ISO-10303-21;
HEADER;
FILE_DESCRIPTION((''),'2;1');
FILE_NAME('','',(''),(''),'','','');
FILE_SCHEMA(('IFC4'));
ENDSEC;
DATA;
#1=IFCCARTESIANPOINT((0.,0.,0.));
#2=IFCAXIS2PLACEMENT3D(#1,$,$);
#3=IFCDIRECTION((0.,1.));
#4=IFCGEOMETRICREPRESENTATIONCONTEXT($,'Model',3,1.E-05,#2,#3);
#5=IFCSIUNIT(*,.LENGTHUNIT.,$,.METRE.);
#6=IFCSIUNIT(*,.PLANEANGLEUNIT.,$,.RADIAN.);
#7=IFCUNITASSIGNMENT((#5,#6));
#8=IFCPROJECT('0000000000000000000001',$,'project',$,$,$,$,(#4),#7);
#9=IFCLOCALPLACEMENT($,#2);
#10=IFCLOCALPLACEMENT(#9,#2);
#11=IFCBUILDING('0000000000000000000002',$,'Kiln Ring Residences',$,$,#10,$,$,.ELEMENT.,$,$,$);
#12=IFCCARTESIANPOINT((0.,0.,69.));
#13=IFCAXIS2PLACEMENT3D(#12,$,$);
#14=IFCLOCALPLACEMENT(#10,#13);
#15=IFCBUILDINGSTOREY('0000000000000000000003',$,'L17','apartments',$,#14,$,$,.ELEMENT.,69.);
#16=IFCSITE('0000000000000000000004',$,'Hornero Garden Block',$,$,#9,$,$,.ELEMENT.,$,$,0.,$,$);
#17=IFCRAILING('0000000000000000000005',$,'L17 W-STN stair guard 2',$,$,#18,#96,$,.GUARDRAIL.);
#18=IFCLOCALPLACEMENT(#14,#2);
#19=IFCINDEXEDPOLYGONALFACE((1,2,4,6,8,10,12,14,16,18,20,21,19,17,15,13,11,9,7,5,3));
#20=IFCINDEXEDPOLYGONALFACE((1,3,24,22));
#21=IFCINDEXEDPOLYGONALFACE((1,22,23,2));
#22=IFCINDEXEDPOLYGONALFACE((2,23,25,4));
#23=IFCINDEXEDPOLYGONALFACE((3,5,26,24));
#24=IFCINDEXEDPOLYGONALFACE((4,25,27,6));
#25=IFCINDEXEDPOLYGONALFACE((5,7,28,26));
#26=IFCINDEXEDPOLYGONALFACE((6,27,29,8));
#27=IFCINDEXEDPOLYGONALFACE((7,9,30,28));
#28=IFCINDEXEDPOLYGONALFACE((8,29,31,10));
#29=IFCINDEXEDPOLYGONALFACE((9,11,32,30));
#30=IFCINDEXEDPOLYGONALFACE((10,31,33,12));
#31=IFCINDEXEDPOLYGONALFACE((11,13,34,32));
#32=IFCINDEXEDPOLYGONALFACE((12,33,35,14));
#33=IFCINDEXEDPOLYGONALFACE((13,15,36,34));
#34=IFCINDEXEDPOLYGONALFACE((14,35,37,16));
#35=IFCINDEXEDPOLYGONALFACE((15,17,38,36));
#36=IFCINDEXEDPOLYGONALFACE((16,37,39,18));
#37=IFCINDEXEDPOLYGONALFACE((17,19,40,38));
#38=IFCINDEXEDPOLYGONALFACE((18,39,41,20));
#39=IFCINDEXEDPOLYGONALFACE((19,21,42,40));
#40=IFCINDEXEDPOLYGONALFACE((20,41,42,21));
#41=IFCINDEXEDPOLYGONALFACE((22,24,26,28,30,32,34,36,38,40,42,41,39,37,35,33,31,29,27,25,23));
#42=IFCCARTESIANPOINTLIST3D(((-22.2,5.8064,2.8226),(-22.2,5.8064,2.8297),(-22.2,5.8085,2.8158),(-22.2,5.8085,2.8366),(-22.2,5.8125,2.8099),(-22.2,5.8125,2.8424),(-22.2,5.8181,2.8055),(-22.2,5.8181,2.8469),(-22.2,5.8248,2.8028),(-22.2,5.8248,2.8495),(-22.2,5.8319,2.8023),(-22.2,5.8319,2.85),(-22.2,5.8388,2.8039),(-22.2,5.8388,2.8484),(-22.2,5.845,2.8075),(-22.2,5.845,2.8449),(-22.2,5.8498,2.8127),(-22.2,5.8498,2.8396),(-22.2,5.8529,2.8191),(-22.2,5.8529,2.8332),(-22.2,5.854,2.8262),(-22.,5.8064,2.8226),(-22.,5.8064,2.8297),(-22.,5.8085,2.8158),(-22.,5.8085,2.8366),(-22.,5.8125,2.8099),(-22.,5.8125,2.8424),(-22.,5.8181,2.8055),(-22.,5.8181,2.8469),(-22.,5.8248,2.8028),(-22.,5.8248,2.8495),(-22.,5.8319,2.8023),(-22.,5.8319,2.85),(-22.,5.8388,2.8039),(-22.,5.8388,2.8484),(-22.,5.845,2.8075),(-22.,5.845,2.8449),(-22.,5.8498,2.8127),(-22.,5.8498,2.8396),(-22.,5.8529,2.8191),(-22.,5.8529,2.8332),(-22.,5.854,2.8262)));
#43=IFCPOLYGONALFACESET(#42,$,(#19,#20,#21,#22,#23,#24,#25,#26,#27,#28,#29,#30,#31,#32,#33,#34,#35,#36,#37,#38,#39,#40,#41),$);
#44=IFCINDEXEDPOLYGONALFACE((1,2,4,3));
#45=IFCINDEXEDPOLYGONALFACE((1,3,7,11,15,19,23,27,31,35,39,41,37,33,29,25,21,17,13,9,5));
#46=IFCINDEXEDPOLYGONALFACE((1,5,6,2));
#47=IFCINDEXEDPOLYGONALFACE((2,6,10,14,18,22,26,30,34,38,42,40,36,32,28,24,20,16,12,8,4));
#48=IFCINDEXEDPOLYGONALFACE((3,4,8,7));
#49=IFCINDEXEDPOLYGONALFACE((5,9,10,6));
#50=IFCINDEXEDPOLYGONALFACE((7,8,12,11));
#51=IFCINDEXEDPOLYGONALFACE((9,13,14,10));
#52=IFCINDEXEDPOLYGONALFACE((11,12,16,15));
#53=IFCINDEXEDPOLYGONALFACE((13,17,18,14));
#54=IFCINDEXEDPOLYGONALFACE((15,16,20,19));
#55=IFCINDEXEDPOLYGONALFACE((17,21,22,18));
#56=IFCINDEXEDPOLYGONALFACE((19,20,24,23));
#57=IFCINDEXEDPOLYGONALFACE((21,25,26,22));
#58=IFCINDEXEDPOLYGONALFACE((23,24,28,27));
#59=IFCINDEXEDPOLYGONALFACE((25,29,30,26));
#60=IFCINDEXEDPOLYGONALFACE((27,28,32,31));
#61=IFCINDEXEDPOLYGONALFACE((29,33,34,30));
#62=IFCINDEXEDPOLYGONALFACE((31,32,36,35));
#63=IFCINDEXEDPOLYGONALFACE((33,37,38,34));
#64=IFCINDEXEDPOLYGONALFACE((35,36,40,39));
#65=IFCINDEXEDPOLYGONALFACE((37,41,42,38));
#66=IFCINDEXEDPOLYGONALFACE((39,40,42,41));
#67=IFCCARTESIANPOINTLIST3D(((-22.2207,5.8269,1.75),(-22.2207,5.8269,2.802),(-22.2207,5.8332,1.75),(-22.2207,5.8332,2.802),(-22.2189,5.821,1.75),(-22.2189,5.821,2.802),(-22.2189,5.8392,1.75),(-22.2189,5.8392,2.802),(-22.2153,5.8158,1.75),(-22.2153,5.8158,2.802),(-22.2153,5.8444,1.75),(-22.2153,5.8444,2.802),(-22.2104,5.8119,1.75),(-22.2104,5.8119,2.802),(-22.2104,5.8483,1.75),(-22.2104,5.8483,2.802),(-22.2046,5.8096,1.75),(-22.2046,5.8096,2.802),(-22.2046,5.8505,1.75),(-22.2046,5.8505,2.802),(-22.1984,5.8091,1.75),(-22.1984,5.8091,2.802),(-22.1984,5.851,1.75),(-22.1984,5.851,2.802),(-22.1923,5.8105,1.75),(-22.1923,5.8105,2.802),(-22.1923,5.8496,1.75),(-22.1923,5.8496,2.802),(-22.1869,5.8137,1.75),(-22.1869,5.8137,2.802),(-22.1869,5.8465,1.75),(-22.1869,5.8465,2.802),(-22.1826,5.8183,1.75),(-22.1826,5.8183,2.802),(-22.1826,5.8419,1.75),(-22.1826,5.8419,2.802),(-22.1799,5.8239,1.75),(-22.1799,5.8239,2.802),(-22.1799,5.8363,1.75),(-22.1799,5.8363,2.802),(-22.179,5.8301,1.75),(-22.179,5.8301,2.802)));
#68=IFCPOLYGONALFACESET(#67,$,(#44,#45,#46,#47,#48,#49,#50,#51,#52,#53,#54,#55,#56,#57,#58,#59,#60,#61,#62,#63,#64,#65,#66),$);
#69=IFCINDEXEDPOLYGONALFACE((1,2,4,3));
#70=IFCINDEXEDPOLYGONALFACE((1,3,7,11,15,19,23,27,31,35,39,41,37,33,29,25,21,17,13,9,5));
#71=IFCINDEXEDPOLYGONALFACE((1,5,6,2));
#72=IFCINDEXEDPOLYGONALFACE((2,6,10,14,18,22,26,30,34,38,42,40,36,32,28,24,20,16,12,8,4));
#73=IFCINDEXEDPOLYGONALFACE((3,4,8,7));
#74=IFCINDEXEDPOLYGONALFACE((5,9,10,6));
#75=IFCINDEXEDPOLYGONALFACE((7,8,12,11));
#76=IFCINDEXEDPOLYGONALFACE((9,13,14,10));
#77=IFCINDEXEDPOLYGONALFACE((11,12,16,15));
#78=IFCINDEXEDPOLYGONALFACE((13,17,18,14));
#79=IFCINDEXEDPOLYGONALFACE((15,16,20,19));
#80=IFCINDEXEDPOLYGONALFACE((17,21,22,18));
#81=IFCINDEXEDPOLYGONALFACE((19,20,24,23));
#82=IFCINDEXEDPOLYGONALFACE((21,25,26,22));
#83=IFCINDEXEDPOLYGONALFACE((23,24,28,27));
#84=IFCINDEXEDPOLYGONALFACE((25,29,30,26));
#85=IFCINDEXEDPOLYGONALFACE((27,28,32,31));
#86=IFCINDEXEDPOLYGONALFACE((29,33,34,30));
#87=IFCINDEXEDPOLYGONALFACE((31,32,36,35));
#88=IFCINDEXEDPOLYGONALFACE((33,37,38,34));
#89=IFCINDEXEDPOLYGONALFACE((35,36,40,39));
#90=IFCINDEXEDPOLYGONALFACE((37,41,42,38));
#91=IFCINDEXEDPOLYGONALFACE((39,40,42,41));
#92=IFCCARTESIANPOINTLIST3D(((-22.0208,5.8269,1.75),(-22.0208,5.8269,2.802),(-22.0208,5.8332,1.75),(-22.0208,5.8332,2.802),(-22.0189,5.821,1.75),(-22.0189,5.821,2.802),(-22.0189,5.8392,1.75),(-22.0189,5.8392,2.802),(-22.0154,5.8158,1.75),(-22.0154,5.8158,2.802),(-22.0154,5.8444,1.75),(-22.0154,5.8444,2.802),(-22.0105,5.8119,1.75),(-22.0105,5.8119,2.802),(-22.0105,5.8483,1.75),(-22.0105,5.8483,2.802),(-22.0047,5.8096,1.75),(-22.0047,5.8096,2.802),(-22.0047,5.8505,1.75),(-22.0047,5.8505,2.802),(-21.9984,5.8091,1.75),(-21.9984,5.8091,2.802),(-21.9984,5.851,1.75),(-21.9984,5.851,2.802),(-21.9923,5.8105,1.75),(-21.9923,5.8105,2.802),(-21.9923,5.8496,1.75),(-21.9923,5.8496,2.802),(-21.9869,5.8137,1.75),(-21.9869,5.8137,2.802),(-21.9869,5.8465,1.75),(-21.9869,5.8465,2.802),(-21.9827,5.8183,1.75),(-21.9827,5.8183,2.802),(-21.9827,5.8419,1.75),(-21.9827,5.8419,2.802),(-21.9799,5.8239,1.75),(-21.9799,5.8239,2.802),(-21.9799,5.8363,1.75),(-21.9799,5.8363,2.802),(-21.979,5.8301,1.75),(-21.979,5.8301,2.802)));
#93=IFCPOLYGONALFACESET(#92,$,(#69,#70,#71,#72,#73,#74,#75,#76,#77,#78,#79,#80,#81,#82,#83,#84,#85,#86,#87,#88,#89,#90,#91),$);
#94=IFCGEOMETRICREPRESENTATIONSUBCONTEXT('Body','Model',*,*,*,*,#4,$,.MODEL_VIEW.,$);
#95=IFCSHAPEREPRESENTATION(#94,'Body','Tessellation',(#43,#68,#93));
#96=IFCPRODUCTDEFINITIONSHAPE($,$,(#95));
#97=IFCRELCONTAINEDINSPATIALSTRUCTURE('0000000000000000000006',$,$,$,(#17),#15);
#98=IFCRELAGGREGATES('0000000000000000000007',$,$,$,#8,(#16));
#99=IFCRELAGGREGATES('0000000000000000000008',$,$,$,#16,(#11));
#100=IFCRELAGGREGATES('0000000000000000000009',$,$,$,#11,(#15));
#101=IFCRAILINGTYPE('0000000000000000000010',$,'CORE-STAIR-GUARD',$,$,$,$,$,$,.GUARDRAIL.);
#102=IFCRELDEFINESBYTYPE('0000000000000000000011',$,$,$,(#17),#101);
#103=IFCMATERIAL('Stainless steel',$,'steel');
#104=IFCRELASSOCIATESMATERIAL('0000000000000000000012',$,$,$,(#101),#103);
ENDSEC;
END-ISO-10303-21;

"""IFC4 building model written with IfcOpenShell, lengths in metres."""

from ifc_helpers import new_model, si_unit, direction, frame, origin, origin_2d, place, context, subcontext, project, spatial, circle, extrude, material, type_object, element, save


model = new_model("IFC4")

# Units and contexts
model_context = context("Model", 3, precision=1e-05, world=origin(), true_north=direction((0.0, 1.0)))
body_context = subcontext(model_context, "Body", "Model", "MODEL_VIEW")
ifc_project = project(units=[si_unit("LENGTHUNIT", "METRE"), si_unit("PLANEANGLEUNIT", "RADIAN")], contexts=[model_context])

# Site, building, storey
site_placement = place(None, origin())
site = spatial("IfcSite", under=ifc_project, at=site_placement, Name="Hornero Garden Block", CompositionType="ELEMENT", RefElevation=0.0)
building_placement = place(site_placement, origin())
building = spatial("IfcBuilding", under=site, at=building_placement, Name="Kiln Ring Residences", CompositionType="ELEMENT")
storey_placement = place(building_placement, frame((0.0, 0.0, 69.0)))
storey = spatial("IfcBuildingStorey", under=building, at=storey_placement, Name="L17", Description="apartments", CompositionType="ELEMENT", Elevation=69.0)

# Railing
ifc_material_1 = material(Name="Stainless steel", Category="steel")
railing_type_1 = type_object("IfcRailingType", Name="CORE-STAIR-GUARD", PredefinedType="GUARDRAIL", material=ifc_material_1)
railing_1_placement = place(storey_placement, frame((-22.2, 5.8301, 1.75)))
element("IfcRailing", 1, at=railing_1_placement, inside=storey, type_object=railing_type_1, Name="L17 W-STN stair guard 2", PredefinedType="GUARDRAIL", context=body_context, shape_type="SweptSolid", body=[
    extrude(circle(Radius=0.0239, at=origin_2d()), frame((0.0, 0.0, 1.0762), z_axis=(1.0, 0.0, 0.0), x_axis=(0.0, 1.0, 0.0)), (0.0, 0.0, 1.0), 0.2),
    extrude(circle(Radius=0.021, at=origin_2d()), origin(), (0.0, 0.0, 1.0), 1.052),
    extrude(circle(Radius=0.021, at=origin_2d()), frame((0.2, 0.0, 0.0)), (0.0, 0.0, 1.0), 1.052),
])

save(model, "model.ifc")
